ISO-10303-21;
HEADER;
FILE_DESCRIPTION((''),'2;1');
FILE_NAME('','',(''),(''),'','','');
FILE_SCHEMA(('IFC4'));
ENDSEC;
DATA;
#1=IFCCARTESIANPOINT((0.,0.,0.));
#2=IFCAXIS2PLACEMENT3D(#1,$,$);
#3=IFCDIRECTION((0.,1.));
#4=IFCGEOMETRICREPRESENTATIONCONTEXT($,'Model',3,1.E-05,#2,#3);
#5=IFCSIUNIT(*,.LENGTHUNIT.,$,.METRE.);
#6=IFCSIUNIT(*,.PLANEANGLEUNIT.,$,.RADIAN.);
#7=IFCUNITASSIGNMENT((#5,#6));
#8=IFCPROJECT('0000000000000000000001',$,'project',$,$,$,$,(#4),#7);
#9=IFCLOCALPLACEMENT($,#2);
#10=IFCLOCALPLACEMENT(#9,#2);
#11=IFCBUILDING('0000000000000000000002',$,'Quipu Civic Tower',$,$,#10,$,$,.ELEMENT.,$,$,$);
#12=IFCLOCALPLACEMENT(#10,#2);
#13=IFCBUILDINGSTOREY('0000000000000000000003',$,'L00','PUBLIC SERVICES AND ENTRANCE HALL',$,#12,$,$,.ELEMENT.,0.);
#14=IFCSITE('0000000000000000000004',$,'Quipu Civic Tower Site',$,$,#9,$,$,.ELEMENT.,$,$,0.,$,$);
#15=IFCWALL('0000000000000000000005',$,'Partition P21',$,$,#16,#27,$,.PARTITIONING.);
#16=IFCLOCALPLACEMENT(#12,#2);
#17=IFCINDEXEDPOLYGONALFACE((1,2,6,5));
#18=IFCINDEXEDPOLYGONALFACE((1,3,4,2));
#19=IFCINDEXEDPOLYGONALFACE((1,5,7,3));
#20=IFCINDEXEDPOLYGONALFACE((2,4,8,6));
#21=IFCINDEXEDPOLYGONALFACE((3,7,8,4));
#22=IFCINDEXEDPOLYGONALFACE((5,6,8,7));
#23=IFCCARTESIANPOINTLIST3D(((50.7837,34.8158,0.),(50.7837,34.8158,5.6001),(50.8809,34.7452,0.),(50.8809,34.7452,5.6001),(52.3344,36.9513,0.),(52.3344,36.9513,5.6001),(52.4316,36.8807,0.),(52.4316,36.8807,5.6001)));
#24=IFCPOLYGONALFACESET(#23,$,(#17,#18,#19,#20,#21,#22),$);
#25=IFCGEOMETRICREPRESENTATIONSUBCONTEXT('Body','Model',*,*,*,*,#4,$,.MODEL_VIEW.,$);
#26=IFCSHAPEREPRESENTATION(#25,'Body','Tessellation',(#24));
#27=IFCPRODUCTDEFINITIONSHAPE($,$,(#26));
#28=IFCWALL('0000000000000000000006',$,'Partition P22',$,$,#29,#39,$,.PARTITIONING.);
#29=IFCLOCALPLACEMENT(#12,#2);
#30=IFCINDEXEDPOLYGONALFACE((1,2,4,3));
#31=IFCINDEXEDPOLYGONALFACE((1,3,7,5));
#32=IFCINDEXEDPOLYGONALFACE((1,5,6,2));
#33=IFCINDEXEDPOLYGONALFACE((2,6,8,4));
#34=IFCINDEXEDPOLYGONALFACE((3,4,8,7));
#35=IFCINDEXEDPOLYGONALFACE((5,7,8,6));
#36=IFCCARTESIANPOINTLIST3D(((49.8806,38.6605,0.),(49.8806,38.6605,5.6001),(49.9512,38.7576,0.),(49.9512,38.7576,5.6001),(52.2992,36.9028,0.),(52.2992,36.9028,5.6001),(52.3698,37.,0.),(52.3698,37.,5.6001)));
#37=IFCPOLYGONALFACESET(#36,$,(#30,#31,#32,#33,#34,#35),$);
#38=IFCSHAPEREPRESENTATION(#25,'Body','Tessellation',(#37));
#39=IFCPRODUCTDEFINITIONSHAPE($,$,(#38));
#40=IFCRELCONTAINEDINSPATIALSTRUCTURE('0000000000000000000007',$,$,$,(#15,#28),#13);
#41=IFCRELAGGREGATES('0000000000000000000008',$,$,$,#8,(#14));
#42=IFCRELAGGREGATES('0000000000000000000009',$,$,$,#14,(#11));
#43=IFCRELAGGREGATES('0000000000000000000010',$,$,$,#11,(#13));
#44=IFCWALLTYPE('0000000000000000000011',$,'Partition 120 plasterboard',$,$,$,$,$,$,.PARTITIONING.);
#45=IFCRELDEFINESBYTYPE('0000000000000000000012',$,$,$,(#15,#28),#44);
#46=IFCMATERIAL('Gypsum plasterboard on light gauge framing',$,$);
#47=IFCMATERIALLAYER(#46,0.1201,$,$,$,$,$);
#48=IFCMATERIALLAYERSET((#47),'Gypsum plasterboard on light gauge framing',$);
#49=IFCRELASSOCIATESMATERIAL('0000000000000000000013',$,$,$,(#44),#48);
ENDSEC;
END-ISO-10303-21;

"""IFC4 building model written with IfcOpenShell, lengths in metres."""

from ifc_helpers import new_model, si_unit, direction, frame, frame_2d, origin, place, context, subcontext, project, spatial, rectangle, extrude, material, layer, layer_set, type_object, element, save


model = new_model("IFC4")

# Units and contexts
model_context = context("Model", 3, precision=1e-05, world=origin(), true_north=direction((0.0, 1.0)))
body_context = subcontext(model_context, "Body", "Model", "MODEL_VIEW")
ifc_project = project(units=[si_unit("LENGTHUNIT", "METRE"), si_unit("PLANEANGLEUNIT", "RADIAN")], contexts=[model_context])

# Site, building, storey
site_placement = place(None, origin())
site = spatial("IfcSite", under=ifc_project, at=site_placement, Name="Quipu Civic Tower Site", CompositionType="ELEMENT", RefElevation=0.0)
building_placement = place(site_placement, origin())
building = spatial("IfcBuilding", under=site, at=building_placement, Name="Quipu Civic Tower", CompositionType="ELEMENT")
storey_placement = place(building_placement, origin())
storey = spatial("IfcBuildingStorey", under=building, at=storey_placement, Name="L00", Description="PUBLIC SERVICES AND ENTRANCE HALL", CompositionType="ELEMENT", Elevation=0.0)

# Walls
ifc_material_1 = material(Name="Gypsum plasterboard on light gauge framing")
ifc_layer_1 = layer(ifc_material_1, 0.1201)
ifc_layer_set_1 = layer_set([ifc_layer_1], Name="Gypsum plasterboard on light gauge framing")
wall_type_1 = type_object("IfcWallType", Name="Partition 120 plasterboard", PredefinedType="PARTITIONING", material=ifc_layer_set_1)
wall_1_placement = place(storey_placement, frame((50.8323, 34.7805, 0.0), z_axis=(0.0, 0.0, 1.0), x_axis=(0.5876, 0.809152, 0.0)))
element("IfcWall", 1, at=wall_1_placement, inside=storey, type_object=wall_type_1, Name="Partition P21", PredefinedType="PARTITIONING", context=body_context, shape_type="SweptSolid", body=[
    extrude(rectangle(XDim=2.6392, YDim=0.1201, at=frame_2d((1.3196, 0.0))), origin(), (0.0, 0.0, 1.0), 5.6001),
])
wall_2_placement = place(storey_placement, frame((52.3345, 36.9514, 0.0), z_axis=(0.0, 0.0, 1.0), x_axis=(-0.808944, 0.587885, 0.0)))
element("IfcWall", 2, at=wall_2_placement, inside=storey, type_object=wall_type_1, Name="Partition P22", PredefinedType="PARTITIONING", context=body_context, shape_type="SweptSolid", body=[
    extrude(rectangle(XDim=2.9897, YDim=0.1201, at=frame_2d((1.4949, 0.0))), origin(), (0.0, 0.0, 1.0), 5.6001),
])

save(model, "model.ifc")
